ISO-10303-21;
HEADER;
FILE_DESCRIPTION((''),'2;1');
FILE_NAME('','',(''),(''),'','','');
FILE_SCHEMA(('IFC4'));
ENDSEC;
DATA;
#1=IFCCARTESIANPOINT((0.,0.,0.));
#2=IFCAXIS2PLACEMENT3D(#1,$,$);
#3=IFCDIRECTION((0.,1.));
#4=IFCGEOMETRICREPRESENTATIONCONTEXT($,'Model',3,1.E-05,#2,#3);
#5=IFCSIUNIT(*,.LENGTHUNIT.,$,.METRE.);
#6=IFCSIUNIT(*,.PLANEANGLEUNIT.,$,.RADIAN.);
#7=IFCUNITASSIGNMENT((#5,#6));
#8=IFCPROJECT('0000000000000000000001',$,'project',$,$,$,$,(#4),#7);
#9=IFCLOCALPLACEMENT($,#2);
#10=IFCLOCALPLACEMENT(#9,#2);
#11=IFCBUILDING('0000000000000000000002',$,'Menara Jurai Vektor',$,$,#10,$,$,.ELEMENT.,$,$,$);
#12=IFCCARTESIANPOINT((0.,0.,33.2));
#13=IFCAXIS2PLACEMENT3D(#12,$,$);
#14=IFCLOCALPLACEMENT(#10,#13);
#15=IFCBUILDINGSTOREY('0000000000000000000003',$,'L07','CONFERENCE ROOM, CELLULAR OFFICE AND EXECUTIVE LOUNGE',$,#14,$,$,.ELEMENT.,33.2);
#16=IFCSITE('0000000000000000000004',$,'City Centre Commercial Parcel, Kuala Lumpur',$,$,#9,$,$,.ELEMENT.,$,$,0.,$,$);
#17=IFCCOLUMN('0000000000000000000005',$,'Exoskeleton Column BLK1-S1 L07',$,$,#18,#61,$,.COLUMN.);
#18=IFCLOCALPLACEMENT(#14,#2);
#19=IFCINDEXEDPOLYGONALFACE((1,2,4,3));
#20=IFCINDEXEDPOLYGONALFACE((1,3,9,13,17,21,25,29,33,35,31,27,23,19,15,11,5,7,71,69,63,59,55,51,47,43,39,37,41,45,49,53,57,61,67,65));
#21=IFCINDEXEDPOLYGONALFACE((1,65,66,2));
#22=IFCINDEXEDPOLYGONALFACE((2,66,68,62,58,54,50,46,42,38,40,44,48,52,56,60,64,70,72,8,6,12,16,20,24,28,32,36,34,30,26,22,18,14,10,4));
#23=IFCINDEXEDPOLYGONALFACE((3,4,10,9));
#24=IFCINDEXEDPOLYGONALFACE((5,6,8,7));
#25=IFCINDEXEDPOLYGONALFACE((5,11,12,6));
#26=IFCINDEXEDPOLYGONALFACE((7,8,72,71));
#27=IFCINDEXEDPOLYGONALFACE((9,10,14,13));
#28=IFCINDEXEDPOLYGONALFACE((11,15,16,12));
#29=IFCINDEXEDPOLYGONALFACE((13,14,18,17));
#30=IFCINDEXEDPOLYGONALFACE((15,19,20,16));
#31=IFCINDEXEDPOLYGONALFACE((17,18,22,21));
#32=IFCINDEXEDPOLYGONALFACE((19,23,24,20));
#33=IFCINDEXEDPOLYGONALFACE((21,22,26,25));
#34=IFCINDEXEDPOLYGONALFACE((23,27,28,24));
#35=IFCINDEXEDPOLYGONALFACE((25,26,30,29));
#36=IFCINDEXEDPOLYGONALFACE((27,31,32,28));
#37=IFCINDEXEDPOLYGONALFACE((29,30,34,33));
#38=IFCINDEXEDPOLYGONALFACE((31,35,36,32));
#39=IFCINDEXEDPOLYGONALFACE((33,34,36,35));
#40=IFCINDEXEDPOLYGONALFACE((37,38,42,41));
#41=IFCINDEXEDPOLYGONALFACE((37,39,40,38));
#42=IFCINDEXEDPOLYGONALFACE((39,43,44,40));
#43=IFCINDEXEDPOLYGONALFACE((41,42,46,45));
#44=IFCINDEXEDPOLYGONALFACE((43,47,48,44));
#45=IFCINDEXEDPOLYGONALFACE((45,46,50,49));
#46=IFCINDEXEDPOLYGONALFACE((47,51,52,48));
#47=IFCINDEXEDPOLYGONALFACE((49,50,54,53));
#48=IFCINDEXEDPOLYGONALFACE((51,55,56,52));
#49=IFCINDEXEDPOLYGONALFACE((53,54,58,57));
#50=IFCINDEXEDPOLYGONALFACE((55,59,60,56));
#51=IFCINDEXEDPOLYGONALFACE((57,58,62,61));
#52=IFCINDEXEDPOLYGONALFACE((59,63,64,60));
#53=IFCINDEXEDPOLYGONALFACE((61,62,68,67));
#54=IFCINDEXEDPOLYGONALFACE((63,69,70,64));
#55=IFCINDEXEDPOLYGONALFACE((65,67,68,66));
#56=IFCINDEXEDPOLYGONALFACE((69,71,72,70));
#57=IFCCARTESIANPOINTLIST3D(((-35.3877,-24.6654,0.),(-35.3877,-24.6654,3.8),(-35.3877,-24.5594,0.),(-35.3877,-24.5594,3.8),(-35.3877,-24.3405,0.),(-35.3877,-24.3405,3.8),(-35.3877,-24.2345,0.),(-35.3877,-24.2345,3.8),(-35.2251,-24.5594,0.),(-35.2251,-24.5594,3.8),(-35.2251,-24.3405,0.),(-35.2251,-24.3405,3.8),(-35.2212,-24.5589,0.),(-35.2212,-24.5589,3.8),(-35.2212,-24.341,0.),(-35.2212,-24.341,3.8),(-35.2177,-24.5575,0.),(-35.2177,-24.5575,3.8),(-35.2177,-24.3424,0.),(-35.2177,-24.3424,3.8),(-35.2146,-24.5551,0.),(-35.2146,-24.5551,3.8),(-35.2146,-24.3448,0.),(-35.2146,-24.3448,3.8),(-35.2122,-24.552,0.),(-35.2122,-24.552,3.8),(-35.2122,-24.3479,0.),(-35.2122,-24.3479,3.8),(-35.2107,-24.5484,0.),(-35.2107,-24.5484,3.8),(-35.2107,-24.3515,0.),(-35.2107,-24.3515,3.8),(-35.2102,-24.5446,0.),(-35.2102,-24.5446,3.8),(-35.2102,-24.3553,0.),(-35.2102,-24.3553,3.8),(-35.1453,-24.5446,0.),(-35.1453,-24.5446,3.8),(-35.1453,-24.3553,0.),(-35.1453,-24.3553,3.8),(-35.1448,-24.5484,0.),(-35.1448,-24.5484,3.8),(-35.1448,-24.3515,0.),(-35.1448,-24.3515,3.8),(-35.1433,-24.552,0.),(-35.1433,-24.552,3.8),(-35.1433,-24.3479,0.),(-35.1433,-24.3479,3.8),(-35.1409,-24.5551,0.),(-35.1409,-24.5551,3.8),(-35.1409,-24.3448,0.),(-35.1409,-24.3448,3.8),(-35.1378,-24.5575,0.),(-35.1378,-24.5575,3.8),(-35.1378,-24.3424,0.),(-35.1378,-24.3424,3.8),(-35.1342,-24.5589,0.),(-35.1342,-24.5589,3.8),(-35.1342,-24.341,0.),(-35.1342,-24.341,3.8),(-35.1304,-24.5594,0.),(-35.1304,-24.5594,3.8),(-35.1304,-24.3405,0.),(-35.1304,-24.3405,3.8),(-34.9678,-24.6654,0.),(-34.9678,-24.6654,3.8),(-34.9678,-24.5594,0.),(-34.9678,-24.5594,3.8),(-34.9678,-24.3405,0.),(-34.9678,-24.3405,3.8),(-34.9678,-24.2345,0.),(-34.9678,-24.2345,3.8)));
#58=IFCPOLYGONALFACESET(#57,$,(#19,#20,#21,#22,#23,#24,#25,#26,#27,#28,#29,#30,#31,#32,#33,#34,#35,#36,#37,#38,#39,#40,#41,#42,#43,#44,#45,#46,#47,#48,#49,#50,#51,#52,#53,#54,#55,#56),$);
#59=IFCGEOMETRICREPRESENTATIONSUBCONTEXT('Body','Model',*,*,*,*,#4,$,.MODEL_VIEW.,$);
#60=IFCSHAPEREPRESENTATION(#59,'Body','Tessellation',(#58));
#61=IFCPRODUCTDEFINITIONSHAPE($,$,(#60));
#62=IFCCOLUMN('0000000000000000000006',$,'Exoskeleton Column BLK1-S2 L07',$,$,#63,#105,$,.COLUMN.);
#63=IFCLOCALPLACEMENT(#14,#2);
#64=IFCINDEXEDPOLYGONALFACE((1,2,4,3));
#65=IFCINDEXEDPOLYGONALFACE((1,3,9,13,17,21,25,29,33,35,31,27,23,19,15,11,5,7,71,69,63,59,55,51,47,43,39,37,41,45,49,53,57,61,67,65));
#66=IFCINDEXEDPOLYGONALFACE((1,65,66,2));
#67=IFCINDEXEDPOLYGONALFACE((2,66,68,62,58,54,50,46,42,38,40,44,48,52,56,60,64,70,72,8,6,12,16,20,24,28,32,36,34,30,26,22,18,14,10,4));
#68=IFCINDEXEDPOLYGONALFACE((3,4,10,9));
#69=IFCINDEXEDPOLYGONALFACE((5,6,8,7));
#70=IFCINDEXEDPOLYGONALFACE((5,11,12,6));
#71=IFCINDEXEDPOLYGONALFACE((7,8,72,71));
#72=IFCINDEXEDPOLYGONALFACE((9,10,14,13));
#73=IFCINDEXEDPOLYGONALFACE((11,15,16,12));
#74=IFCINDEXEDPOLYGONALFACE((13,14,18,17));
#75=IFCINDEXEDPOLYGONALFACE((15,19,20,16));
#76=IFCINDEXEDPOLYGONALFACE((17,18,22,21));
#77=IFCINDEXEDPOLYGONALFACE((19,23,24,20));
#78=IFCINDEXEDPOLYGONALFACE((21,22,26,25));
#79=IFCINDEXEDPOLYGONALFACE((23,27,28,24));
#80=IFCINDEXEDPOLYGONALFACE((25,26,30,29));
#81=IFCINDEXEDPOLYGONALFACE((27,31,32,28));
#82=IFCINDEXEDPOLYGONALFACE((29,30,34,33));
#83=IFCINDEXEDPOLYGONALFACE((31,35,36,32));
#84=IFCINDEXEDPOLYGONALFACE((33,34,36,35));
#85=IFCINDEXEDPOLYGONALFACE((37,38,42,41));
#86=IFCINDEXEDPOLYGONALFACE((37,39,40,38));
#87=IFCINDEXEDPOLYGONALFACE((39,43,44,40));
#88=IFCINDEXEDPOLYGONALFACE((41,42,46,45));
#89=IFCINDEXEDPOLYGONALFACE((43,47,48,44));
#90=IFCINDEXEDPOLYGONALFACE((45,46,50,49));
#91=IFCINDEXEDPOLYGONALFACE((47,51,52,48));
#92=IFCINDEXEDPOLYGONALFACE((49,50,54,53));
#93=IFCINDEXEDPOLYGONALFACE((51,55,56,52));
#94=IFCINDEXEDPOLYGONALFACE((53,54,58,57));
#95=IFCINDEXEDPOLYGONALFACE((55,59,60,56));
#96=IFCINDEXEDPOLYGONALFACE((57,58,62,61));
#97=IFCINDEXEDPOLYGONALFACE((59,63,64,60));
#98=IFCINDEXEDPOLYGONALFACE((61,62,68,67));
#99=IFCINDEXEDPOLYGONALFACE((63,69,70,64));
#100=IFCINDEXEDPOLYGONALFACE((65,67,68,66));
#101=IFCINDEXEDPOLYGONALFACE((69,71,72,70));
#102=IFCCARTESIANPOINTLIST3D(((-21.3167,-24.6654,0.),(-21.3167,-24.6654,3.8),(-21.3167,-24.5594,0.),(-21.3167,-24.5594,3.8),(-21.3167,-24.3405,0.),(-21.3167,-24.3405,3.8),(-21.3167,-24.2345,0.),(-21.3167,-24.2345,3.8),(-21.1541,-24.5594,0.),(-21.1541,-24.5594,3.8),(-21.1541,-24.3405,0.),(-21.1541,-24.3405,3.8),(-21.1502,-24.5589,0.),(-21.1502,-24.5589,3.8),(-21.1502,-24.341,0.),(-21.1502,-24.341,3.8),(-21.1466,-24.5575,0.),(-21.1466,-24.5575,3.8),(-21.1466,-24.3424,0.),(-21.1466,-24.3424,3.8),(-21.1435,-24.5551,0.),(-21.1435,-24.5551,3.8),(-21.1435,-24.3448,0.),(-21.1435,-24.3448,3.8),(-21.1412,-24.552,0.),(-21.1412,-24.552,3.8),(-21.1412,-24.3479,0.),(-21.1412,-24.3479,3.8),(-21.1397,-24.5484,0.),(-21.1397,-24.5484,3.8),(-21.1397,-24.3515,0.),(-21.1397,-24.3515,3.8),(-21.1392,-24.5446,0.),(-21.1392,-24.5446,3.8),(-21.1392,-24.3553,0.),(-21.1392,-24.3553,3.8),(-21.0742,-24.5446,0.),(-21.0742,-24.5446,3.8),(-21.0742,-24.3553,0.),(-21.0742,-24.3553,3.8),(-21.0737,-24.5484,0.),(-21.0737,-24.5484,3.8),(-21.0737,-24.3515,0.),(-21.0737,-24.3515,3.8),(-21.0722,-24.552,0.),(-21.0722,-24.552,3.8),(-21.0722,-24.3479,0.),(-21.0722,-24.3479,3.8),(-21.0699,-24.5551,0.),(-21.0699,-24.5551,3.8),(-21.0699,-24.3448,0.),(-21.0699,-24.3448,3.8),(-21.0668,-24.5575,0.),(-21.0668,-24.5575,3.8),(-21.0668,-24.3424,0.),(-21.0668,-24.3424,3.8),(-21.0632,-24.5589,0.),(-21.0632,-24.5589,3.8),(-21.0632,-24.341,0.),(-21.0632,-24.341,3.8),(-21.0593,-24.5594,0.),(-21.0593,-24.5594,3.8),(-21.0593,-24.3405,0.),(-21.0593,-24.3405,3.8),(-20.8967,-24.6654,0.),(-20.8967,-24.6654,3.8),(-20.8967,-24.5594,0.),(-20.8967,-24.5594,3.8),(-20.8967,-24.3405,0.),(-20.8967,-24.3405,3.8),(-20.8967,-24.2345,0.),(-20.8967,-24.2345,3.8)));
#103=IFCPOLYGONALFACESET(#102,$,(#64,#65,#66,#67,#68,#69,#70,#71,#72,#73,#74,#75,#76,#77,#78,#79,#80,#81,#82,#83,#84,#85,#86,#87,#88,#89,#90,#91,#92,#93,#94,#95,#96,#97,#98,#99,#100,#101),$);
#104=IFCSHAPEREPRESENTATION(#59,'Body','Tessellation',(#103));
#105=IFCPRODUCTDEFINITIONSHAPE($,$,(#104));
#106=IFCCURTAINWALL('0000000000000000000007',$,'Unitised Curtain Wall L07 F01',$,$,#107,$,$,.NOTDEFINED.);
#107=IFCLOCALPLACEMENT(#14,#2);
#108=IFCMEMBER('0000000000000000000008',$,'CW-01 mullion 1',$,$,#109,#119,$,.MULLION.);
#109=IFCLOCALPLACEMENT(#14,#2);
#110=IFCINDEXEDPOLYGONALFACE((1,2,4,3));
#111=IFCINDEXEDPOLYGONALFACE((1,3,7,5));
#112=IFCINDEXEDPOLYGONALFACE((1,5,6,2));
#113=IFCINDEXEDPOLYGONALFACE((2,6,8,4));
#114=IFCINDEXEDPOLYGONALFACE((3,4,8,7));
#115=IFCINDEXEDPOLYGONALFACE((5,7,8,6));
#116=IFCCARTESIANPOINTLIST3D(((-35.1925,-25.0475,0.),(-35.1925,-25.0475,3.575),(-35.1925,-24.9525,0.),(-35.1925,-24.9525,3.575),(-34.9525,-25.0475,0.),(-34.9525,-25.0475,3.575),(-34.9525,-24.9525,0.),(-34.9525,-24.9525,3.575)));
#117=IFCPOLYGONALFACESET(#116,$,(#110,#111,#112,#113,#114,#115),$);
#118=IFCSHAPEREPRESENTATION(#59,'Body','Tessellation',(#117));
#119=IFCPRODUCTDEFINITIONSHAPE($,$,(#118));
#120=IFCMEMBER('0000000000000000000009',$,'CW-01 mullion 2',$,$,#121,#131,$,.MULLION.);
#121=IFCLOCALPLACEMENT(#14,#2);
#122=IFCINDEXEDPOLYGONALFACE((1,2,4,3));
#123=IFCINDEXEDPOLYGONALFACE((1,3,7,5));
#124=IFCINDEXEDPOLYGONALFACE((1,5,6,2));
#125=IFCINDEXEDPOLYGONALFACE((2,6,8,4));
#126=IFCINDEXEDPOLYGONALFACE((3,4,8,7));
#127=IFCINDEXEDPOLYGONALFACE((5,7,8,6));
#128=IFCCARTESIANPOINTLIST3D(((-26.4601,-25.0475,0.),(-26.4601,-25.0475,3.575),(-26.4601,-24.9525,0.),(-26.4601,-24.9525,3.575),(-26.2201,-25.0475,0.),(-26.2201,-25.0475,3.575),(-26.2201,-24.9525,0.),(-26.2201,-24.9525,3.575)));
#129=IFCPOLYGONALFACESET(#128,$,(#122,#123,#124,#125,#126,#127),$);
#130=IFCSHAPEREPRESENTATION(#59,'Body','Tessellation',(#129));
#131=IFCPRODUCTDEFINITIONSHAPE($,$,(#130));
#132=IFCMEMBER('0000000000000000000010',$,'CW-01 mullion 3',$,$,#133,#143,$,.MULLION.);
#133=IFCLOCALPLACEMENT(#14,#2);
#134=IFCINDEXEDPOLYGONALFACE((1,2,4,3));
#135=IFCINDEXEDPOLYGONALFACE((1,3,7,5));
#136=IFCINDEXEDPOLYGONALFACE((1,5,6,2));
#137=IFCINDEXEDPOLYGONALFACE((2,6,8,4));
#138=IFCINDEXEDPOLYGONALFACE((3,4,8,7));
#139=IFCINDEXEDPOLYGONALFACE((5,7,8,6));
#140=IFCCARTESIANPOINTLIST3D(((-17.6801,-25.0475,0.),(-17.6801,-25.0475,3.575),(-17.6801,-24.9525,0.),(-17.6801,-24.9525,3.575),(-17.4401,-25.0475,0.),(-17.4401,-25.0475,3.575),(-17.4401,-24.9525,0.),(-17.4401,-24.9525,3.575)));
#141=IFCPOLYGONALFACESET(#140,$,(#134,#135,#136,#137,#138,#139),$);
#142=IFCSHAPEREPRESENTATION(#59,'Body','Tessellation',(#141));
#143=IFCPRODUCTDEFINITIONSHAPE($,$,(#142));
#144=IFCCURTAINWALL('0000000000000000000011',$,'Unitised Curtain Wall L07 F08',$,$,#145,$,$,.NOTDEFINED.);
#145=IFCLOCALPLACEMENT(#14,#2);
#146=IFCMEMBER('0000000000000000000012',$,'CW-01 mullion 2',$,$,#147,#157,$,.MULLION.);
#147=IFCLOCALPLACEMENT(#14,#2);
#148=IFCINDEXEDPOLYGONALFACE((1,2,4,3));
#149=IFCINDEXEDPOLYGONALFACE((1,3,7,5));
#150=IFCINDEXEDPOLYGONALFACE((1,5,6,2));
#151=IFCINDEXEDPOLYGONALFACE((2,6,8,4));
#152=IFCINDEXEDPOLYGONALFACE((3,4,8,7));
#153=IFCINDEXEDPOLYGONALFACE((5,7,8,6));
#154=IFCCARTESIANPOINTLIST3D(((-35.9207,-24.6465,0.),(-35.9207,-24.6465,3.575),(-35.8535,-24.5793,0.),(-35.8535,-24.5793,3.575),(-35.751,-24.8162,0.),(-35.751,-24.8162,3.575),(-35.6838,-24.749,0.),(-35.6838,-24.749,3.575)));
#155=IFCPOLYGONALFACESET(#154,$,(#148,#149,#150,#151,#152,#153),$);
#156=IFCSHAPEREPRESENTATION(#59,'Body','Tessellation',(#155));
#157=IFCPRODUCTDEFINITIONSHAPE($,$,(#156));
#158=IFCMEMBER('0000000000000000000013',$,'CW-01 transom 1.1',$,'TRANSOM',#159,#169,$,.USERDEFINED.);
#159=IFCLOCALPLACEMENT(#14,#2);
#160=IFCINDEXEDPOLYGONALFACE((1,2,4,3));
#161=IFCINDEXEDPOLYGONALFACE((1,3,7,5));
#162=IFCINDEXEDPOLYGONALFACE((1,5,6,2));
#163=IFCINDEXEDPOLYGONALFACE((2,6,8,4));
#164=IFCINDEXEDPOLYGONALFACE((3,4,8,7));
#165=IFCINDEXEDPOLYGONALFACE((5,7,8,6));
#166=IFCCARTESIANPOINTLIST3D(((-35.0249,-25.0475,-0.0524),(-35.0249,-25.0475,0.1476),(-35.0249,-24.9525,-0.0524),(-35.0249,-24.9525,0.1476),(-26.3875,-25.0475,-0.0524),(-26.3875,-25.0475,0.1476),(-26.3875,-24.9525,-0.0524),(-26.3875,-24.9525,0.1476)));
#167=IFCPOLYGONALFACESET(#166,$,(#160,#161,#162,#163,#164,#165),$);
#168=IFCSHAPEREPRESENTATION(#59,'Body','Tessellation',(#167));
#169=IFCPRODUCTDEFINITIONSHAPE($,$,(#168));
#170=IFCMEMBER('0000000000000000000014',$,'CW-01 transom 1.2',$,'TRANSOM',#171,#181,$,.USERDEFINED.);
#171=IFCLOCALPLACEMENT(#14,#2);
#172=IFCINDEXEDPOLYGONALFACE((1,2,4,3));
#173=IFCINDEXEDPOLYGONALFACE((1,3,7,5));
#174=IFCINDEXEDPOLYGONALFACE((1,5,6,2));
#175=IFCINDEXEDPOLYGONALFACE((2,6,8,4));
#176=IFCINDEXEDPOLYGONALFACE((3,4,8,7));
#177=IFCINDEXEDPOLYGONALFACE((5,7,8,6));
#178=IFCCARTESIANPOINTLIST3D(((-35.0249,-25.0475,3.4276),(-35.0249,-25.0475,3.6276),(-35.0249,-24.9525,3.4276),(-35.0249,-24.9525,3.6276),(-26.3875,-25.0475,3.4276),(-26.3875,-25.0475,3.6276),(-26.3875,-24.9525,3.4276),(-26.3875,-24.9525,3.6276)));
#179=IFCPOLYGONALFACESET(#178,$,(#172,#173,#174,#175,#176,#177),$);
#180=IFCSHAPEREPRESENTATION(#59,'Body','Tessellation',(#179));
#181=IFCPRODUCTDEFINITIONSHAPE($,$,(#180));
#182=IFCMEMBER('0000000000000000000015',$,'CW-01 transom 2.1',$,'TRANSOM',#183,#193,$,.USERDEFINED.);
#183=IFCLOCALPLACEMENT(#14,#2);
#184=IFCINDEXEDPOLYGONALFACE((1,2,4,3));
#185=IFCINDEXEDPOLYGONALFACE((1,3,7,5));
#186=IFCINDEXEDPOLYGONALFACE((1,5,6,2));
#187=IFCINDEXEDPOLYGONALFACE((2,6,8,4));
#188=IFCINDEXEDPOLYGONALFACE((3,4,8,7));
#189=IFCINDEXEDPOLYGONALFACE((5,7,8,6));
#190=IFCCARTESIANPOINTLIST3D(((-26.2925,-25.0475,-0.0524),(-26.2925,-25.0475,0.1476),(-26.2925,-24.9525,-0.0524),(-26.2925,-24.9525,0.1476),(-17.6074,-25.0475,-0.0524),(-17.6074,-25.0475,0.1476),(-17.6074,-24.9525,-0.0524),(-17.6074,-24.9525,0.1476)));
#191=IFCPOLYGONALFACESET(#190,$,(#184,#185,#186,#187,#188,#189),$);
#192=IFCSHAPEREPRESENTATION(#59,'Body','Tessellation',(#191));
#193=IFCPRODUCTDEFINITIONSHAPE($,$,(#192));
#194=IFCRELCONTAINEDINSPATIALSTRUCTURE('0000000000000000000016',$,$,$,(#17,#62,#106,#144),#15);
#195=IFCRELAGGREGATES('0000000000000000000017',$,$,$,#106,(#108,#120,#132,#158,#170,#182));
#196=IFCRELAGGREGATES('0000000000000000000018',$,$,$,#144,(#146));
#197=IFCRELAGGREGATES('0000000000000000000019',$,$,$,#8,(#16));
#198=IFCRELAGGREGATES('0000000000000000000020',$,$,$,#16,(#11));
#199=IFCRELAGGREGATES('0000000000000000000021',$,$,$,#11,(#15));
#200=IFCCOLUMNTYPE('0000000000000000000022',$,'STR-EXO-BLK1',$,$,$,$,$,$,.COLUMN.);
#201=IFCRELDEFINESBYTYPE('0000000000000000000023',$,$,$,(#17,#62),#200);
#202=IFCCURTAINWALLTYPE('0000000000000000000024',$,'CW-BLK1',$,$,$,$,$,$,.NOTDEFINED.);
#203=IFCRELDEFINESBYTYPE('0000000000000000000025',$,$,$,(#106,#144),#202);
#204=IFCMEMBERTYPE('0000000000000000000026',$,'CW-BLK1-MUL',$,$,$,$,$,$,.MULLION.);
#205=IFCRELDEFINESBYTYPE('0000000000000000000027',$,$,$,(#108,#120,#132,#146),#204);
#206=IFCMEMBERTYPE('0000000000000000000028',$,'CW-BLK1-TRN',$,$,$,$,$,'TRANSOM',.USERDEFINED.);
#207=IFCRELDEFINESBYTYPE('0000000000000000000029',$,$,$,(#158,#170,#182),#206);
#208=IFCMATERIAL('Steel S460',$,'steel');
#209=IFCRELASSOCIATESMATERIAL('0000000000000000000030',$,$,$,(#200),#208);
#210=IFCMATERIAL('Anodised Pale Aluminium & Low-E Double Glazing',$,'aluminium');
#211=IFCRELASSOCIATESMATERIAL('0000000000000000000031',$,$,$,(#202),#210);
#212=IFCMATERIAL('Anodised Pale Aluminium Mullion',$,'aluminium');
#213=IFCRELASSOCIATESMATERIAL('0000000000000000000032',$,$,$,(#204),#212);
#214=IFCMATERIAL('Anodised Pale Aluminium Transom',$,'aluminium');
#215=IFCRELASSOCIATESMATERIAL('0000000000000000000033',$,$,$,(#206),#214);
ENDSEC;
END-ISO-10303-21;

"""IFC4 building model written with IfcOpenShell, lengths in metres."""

from ifc_helpers import new_model, si_unit, direction, frame, origin, origin_2d, place, context, subcontext, project, spatial, rectangle, i_section, extrude, material, material_profile, profile_set, type_object, element, aggregate, save


model = new_model("IFC4")

# Units and contexts
model_context = context("Model", 3, precision=1e-05, world=origin(), true_north=direction((0.0, 1.0)))
body_context = subcontext(model_context, "Body", "Model", "MODEL_VIEW")
ifc_project = project(units=[si_unit("LENGTHUNIT", "METRE"), si_unit("PLANEANGLEUNIT", "RADIAN")], contexts=[model_context])

# Site, building, storey
site_placement = place(None, origin())
site = spatial("IfcSite", under=ifc_project, at=site_placement, Name="City Centre Commercial Parcel, Kuala Lumpur", CompositionType="ELEMENT", RefElevation=0.0)
building_placement = place(site_placement, origin())
building = spatial("IfcBuilding", under=site, at=building_placement, Name="Menara Jurai Vektor", CompositionType="ELEMENT")
storey_placement = place(building_placement, frame((0.0, 0.0, 33.2)))
storey = spatial("IfcBuildingStorey", under=building, at=storey_placement, Name="L07", Description="CONFERENCE ROOM, CELLULAR OFFICE AND EXECUTIVE LOUNGE", CompositionType="ELEMENT", Elevation=33.2)

# Columns
ifc_material_1 = material(Name="Steel S460", Category="steel")
ifc_material_profile_1 = material_profile(ifc_material_1, i_section(OverallWidth=0.4199, OverallDepth=0.4309, WebThickness=0.0649, FlangeThickness=0.106, FilletRadius=0.0149, at=origin_2d()), Name="HD 400x900")
ifc_profile_set_1 = profile_set([ifc_material_profile_1], Name="Steel S460")
column_type = type_object("IfcColumnType", Name="STR-EXO-BLK1", PredefinedType="COLUMN", material=ifc_profile_set_1)
for number, where, z_axis, x_axis, name in (
    (1, (-35.1777, -24.45, 0.0), (0.0, 0.0, 1.0), (1.0, 0.0, 0.0), "Exoskeleton Column BLK1-S1 L07"),
    (2, (-21.1067, -24.45, 0.0), (0.0, 0.0, 1.0), (1.0, 0.0, 0.0), "Exoskeleton Column BLK1-S2 L07"),
):
    element("IfcColumn", number, at=place(storey_placement, frame(where, z_axis=z_axis, x_axis=x_axis)), inside=storey, type_object=column_type, Name=name, PredefinedType="COLUMN", context=body_context, shape_type="SweptSolid", body=[
        extrude(i_section(OverallWidth=0.4199, OverallDepth=0.4309, WebThickness=0.0649, FlangeThickness=0.106, FilletRadius=0.0149, at=origin_2d()), origin(), (0.0, 0.0, 1.0), 3.8),
    ])

# Curtain wall, members
ifc_material_2 = material(Name="Anodised Pale Aluminium & Low-E Double Glazing", Category="aluminium")
curtain_wall_type = type_object("IfcCurtainWallType", Name="CW-BLK1", PredefinedType="NOTDEFINED", material=ifc_material_2)
curtain_wall_1_placement = place(storey_placement, origin())
curtain_wall_1 = element("IfcCurtainWall", 3, at=curtain_wall_1_placement, inside=storey, type_object=curtain_wall_type, Name="Unitised Curtain Wall L07 F01", PredefinedType="NOTDEFINED")
ifc_material_3 = material(Name="Anodised Pale Aluminium Mullion", Category="aluminium")
ifc_material_profile_2 = material_profile(ifc_material_3, rectangle(XDim=0.095, YDim=0.24, at=origin_2d()), Name="ALU MUL 95x240")
ifc_profile_set_2 = profile_set([ifc_material_profile_2], Name="Anodised Pale Aluminium Mullion")
member_type_1 = type_object("IfcMemberType", Name="CW-BLK1-MUL", PredefinedType="MULLION", material=ifc_profile_set_2)
member_1_placement = place(storey_placement, frame((-35.0725, -25.0, 0.0), z_axis=(0.0, 0.0, 1.0), x_axis=(0.0, 1.0, 0.0)))
member_1 = element("IfcMember", 4, at=member_1_placement, type_object=member_type_1, Name="CW-01 mullion 1", PredefinedType="MULLION", context=body_context, shape_type="SweptSolid", body=[
    extrude(rectangle(XDim=0.095, YDim=0.24, at=origin_2d()), origin(), (0.0, 0.0, 1.0), 3.575),
])
member_2_placement = place(storey_placement, frame((-26.3401, -25.0, 0.0), z_axis=(0.0, 0.0, 1.0), x_axis=(0.0, 1.0, 0.0)))
member_2 = element("IfcMember", 5, at=member_2_placement, type_object=member_type_1, Name="CW-01 mullion 2", PredefinedType="MULLION", context=body_context, shape_type="SweptSolid", body=[
    extrude(rectangle(XDim=0.095, YDim=0.24, at=origin_2d()), origin(), (0.0, 0.0, 1.0), 3.575),
])
member_3_placement = place(storey_placement, frame((-17.5601, -25.0, 0.0), z_axis=(0.0, 0.0, 1.0), x_axis=(0.0, 1.0, 0.0)))
member_3 = element("IfcMember", 6, at=member_3_placement, type_object=member_type_1, Name="CW-01 mullion 3", PredefinedType="MULLION", context=body_context, shape_type="SweptSolid", body=[
    extrude(rectangle(XDim=0.095, YDim=0.24, at=origin_2d()), origin(), (0.0, 0.0, 1.0), 3.575),
])

# Curtain wall, member
curtain_wall_2_placement = place(storey_placement, origin())
curtain_wall_2 = element("IfcCurtainWall", 7, at=curtain_wall_2_placement, inside=storey, type_object=curtain_wall_type, Name="Unitised Curtain Wall L07 F08", PredefinedType="NOTDEFINED")
member_4_placement = place(storey_placement, frame((-35.8022, -24.6978, 0.0), z_axis=(0.0, 0.0, 1.0), x_axis=(0.707107, 0.707107, 0.0)))
member_4 = element("IfcMember", 8, at=member_4_placement, type_object=member_type_1, Name="CW-01 mullion 2", PredefinedType="MULLION", context=body_context, shape_type="SweptSolid", body=[
    extrude(rectangle(XDim=0.095, YDim=0.24, at=origin_2d()), origin(), (0.0, 0.0, 1.0), 3.575),
])

# Members
ifc_material_4 = material(Name="Anodised Pale Aluminium Transom", Category="aluminium")
ifc_material_profile_3 = material_profile(ifc_material_4, rectangle(XDim=0.095, YDim=0.2, at=origin_2d()), Name="ALU TRN 95x200")
ifc_profile_set_3 = profile_set([ifc_material_profile_3], Name="Anodised Pale Aluminium Transom")
member_type_2 = type_object("IfcMemberType", Name="CW-BLK1-TRN", ElementType="TRANSOM", PredefinedType="USERDEFINED", material=ifc_profile_set_3)
member_5_placement = place(storey_placement, frame((-35.0249, -25.0, 0.0476), z_axis=(1.0, 0.0, 0.0), x_axis=(0.0, 1.0, 0.0)))
member_5 = element("IfcMember", 9, at=member_5_placement, type_object=member_type_2, Name="CW-01 transom 1.1", ObjectType="TRANSOM", PredefinedType="USERDEFINED", context=body_context, shape_type="SweptSolid", body=[
    extrude(rectangle(XDim=0.095, YDim=0.2, at=origin_2d()), origin(), (0.0, 0.0, 1.0), 8.6375),
])
member_6_placement = place(storey_placement, frame((-35.0249, -25.0, 3.5276), z_axis=(1.0, 0.0, 0.0), x_axis=(0.0, 1.0, 0.0)))
member_6 = element("IfcMember", 10, at=member_6_placement, type_object=member_type_2, Name="CW-01 transom 1.2", ObjectType="TRANSOM", PredefinedType="USERDEFINED", context=body_context, shape_type="SweptSolid", body=[
    extrude(rectangle(XDim=0.095, YDim=0.2, at=origin_2d()), origin(), (0.0, 0.0, 1.0), 8.6375),
])
member_7_placement = place(storey_placement, frame((-26.2925, -25.0, 0.0476), z_axis=(1.0, 0.0, 0.0), x_axis=(0.0, 1.0, 0.0)))
member_7 = element("IfcMember", 11, at=member_7_placement, type_object=member_type_2, Name="CW-01 transom 2.1", ObjectType="TRANSOM", PredefinedType="USERDEFINED", context=body_context, shape_type="SweptSolid", body=[
    extrude(rectangle(XDim=0.095, YDim=0.2, at=origin_2d()), origin(), (0.0, 0.0, 1.0), 8.6851),
])

aggregate(curtain_wall_1, [member_1, member_2, member_3, member_5, member_6, member_7])
aggregate(curtain_wall_2, [member_4])

save(model, "model.ifc")
